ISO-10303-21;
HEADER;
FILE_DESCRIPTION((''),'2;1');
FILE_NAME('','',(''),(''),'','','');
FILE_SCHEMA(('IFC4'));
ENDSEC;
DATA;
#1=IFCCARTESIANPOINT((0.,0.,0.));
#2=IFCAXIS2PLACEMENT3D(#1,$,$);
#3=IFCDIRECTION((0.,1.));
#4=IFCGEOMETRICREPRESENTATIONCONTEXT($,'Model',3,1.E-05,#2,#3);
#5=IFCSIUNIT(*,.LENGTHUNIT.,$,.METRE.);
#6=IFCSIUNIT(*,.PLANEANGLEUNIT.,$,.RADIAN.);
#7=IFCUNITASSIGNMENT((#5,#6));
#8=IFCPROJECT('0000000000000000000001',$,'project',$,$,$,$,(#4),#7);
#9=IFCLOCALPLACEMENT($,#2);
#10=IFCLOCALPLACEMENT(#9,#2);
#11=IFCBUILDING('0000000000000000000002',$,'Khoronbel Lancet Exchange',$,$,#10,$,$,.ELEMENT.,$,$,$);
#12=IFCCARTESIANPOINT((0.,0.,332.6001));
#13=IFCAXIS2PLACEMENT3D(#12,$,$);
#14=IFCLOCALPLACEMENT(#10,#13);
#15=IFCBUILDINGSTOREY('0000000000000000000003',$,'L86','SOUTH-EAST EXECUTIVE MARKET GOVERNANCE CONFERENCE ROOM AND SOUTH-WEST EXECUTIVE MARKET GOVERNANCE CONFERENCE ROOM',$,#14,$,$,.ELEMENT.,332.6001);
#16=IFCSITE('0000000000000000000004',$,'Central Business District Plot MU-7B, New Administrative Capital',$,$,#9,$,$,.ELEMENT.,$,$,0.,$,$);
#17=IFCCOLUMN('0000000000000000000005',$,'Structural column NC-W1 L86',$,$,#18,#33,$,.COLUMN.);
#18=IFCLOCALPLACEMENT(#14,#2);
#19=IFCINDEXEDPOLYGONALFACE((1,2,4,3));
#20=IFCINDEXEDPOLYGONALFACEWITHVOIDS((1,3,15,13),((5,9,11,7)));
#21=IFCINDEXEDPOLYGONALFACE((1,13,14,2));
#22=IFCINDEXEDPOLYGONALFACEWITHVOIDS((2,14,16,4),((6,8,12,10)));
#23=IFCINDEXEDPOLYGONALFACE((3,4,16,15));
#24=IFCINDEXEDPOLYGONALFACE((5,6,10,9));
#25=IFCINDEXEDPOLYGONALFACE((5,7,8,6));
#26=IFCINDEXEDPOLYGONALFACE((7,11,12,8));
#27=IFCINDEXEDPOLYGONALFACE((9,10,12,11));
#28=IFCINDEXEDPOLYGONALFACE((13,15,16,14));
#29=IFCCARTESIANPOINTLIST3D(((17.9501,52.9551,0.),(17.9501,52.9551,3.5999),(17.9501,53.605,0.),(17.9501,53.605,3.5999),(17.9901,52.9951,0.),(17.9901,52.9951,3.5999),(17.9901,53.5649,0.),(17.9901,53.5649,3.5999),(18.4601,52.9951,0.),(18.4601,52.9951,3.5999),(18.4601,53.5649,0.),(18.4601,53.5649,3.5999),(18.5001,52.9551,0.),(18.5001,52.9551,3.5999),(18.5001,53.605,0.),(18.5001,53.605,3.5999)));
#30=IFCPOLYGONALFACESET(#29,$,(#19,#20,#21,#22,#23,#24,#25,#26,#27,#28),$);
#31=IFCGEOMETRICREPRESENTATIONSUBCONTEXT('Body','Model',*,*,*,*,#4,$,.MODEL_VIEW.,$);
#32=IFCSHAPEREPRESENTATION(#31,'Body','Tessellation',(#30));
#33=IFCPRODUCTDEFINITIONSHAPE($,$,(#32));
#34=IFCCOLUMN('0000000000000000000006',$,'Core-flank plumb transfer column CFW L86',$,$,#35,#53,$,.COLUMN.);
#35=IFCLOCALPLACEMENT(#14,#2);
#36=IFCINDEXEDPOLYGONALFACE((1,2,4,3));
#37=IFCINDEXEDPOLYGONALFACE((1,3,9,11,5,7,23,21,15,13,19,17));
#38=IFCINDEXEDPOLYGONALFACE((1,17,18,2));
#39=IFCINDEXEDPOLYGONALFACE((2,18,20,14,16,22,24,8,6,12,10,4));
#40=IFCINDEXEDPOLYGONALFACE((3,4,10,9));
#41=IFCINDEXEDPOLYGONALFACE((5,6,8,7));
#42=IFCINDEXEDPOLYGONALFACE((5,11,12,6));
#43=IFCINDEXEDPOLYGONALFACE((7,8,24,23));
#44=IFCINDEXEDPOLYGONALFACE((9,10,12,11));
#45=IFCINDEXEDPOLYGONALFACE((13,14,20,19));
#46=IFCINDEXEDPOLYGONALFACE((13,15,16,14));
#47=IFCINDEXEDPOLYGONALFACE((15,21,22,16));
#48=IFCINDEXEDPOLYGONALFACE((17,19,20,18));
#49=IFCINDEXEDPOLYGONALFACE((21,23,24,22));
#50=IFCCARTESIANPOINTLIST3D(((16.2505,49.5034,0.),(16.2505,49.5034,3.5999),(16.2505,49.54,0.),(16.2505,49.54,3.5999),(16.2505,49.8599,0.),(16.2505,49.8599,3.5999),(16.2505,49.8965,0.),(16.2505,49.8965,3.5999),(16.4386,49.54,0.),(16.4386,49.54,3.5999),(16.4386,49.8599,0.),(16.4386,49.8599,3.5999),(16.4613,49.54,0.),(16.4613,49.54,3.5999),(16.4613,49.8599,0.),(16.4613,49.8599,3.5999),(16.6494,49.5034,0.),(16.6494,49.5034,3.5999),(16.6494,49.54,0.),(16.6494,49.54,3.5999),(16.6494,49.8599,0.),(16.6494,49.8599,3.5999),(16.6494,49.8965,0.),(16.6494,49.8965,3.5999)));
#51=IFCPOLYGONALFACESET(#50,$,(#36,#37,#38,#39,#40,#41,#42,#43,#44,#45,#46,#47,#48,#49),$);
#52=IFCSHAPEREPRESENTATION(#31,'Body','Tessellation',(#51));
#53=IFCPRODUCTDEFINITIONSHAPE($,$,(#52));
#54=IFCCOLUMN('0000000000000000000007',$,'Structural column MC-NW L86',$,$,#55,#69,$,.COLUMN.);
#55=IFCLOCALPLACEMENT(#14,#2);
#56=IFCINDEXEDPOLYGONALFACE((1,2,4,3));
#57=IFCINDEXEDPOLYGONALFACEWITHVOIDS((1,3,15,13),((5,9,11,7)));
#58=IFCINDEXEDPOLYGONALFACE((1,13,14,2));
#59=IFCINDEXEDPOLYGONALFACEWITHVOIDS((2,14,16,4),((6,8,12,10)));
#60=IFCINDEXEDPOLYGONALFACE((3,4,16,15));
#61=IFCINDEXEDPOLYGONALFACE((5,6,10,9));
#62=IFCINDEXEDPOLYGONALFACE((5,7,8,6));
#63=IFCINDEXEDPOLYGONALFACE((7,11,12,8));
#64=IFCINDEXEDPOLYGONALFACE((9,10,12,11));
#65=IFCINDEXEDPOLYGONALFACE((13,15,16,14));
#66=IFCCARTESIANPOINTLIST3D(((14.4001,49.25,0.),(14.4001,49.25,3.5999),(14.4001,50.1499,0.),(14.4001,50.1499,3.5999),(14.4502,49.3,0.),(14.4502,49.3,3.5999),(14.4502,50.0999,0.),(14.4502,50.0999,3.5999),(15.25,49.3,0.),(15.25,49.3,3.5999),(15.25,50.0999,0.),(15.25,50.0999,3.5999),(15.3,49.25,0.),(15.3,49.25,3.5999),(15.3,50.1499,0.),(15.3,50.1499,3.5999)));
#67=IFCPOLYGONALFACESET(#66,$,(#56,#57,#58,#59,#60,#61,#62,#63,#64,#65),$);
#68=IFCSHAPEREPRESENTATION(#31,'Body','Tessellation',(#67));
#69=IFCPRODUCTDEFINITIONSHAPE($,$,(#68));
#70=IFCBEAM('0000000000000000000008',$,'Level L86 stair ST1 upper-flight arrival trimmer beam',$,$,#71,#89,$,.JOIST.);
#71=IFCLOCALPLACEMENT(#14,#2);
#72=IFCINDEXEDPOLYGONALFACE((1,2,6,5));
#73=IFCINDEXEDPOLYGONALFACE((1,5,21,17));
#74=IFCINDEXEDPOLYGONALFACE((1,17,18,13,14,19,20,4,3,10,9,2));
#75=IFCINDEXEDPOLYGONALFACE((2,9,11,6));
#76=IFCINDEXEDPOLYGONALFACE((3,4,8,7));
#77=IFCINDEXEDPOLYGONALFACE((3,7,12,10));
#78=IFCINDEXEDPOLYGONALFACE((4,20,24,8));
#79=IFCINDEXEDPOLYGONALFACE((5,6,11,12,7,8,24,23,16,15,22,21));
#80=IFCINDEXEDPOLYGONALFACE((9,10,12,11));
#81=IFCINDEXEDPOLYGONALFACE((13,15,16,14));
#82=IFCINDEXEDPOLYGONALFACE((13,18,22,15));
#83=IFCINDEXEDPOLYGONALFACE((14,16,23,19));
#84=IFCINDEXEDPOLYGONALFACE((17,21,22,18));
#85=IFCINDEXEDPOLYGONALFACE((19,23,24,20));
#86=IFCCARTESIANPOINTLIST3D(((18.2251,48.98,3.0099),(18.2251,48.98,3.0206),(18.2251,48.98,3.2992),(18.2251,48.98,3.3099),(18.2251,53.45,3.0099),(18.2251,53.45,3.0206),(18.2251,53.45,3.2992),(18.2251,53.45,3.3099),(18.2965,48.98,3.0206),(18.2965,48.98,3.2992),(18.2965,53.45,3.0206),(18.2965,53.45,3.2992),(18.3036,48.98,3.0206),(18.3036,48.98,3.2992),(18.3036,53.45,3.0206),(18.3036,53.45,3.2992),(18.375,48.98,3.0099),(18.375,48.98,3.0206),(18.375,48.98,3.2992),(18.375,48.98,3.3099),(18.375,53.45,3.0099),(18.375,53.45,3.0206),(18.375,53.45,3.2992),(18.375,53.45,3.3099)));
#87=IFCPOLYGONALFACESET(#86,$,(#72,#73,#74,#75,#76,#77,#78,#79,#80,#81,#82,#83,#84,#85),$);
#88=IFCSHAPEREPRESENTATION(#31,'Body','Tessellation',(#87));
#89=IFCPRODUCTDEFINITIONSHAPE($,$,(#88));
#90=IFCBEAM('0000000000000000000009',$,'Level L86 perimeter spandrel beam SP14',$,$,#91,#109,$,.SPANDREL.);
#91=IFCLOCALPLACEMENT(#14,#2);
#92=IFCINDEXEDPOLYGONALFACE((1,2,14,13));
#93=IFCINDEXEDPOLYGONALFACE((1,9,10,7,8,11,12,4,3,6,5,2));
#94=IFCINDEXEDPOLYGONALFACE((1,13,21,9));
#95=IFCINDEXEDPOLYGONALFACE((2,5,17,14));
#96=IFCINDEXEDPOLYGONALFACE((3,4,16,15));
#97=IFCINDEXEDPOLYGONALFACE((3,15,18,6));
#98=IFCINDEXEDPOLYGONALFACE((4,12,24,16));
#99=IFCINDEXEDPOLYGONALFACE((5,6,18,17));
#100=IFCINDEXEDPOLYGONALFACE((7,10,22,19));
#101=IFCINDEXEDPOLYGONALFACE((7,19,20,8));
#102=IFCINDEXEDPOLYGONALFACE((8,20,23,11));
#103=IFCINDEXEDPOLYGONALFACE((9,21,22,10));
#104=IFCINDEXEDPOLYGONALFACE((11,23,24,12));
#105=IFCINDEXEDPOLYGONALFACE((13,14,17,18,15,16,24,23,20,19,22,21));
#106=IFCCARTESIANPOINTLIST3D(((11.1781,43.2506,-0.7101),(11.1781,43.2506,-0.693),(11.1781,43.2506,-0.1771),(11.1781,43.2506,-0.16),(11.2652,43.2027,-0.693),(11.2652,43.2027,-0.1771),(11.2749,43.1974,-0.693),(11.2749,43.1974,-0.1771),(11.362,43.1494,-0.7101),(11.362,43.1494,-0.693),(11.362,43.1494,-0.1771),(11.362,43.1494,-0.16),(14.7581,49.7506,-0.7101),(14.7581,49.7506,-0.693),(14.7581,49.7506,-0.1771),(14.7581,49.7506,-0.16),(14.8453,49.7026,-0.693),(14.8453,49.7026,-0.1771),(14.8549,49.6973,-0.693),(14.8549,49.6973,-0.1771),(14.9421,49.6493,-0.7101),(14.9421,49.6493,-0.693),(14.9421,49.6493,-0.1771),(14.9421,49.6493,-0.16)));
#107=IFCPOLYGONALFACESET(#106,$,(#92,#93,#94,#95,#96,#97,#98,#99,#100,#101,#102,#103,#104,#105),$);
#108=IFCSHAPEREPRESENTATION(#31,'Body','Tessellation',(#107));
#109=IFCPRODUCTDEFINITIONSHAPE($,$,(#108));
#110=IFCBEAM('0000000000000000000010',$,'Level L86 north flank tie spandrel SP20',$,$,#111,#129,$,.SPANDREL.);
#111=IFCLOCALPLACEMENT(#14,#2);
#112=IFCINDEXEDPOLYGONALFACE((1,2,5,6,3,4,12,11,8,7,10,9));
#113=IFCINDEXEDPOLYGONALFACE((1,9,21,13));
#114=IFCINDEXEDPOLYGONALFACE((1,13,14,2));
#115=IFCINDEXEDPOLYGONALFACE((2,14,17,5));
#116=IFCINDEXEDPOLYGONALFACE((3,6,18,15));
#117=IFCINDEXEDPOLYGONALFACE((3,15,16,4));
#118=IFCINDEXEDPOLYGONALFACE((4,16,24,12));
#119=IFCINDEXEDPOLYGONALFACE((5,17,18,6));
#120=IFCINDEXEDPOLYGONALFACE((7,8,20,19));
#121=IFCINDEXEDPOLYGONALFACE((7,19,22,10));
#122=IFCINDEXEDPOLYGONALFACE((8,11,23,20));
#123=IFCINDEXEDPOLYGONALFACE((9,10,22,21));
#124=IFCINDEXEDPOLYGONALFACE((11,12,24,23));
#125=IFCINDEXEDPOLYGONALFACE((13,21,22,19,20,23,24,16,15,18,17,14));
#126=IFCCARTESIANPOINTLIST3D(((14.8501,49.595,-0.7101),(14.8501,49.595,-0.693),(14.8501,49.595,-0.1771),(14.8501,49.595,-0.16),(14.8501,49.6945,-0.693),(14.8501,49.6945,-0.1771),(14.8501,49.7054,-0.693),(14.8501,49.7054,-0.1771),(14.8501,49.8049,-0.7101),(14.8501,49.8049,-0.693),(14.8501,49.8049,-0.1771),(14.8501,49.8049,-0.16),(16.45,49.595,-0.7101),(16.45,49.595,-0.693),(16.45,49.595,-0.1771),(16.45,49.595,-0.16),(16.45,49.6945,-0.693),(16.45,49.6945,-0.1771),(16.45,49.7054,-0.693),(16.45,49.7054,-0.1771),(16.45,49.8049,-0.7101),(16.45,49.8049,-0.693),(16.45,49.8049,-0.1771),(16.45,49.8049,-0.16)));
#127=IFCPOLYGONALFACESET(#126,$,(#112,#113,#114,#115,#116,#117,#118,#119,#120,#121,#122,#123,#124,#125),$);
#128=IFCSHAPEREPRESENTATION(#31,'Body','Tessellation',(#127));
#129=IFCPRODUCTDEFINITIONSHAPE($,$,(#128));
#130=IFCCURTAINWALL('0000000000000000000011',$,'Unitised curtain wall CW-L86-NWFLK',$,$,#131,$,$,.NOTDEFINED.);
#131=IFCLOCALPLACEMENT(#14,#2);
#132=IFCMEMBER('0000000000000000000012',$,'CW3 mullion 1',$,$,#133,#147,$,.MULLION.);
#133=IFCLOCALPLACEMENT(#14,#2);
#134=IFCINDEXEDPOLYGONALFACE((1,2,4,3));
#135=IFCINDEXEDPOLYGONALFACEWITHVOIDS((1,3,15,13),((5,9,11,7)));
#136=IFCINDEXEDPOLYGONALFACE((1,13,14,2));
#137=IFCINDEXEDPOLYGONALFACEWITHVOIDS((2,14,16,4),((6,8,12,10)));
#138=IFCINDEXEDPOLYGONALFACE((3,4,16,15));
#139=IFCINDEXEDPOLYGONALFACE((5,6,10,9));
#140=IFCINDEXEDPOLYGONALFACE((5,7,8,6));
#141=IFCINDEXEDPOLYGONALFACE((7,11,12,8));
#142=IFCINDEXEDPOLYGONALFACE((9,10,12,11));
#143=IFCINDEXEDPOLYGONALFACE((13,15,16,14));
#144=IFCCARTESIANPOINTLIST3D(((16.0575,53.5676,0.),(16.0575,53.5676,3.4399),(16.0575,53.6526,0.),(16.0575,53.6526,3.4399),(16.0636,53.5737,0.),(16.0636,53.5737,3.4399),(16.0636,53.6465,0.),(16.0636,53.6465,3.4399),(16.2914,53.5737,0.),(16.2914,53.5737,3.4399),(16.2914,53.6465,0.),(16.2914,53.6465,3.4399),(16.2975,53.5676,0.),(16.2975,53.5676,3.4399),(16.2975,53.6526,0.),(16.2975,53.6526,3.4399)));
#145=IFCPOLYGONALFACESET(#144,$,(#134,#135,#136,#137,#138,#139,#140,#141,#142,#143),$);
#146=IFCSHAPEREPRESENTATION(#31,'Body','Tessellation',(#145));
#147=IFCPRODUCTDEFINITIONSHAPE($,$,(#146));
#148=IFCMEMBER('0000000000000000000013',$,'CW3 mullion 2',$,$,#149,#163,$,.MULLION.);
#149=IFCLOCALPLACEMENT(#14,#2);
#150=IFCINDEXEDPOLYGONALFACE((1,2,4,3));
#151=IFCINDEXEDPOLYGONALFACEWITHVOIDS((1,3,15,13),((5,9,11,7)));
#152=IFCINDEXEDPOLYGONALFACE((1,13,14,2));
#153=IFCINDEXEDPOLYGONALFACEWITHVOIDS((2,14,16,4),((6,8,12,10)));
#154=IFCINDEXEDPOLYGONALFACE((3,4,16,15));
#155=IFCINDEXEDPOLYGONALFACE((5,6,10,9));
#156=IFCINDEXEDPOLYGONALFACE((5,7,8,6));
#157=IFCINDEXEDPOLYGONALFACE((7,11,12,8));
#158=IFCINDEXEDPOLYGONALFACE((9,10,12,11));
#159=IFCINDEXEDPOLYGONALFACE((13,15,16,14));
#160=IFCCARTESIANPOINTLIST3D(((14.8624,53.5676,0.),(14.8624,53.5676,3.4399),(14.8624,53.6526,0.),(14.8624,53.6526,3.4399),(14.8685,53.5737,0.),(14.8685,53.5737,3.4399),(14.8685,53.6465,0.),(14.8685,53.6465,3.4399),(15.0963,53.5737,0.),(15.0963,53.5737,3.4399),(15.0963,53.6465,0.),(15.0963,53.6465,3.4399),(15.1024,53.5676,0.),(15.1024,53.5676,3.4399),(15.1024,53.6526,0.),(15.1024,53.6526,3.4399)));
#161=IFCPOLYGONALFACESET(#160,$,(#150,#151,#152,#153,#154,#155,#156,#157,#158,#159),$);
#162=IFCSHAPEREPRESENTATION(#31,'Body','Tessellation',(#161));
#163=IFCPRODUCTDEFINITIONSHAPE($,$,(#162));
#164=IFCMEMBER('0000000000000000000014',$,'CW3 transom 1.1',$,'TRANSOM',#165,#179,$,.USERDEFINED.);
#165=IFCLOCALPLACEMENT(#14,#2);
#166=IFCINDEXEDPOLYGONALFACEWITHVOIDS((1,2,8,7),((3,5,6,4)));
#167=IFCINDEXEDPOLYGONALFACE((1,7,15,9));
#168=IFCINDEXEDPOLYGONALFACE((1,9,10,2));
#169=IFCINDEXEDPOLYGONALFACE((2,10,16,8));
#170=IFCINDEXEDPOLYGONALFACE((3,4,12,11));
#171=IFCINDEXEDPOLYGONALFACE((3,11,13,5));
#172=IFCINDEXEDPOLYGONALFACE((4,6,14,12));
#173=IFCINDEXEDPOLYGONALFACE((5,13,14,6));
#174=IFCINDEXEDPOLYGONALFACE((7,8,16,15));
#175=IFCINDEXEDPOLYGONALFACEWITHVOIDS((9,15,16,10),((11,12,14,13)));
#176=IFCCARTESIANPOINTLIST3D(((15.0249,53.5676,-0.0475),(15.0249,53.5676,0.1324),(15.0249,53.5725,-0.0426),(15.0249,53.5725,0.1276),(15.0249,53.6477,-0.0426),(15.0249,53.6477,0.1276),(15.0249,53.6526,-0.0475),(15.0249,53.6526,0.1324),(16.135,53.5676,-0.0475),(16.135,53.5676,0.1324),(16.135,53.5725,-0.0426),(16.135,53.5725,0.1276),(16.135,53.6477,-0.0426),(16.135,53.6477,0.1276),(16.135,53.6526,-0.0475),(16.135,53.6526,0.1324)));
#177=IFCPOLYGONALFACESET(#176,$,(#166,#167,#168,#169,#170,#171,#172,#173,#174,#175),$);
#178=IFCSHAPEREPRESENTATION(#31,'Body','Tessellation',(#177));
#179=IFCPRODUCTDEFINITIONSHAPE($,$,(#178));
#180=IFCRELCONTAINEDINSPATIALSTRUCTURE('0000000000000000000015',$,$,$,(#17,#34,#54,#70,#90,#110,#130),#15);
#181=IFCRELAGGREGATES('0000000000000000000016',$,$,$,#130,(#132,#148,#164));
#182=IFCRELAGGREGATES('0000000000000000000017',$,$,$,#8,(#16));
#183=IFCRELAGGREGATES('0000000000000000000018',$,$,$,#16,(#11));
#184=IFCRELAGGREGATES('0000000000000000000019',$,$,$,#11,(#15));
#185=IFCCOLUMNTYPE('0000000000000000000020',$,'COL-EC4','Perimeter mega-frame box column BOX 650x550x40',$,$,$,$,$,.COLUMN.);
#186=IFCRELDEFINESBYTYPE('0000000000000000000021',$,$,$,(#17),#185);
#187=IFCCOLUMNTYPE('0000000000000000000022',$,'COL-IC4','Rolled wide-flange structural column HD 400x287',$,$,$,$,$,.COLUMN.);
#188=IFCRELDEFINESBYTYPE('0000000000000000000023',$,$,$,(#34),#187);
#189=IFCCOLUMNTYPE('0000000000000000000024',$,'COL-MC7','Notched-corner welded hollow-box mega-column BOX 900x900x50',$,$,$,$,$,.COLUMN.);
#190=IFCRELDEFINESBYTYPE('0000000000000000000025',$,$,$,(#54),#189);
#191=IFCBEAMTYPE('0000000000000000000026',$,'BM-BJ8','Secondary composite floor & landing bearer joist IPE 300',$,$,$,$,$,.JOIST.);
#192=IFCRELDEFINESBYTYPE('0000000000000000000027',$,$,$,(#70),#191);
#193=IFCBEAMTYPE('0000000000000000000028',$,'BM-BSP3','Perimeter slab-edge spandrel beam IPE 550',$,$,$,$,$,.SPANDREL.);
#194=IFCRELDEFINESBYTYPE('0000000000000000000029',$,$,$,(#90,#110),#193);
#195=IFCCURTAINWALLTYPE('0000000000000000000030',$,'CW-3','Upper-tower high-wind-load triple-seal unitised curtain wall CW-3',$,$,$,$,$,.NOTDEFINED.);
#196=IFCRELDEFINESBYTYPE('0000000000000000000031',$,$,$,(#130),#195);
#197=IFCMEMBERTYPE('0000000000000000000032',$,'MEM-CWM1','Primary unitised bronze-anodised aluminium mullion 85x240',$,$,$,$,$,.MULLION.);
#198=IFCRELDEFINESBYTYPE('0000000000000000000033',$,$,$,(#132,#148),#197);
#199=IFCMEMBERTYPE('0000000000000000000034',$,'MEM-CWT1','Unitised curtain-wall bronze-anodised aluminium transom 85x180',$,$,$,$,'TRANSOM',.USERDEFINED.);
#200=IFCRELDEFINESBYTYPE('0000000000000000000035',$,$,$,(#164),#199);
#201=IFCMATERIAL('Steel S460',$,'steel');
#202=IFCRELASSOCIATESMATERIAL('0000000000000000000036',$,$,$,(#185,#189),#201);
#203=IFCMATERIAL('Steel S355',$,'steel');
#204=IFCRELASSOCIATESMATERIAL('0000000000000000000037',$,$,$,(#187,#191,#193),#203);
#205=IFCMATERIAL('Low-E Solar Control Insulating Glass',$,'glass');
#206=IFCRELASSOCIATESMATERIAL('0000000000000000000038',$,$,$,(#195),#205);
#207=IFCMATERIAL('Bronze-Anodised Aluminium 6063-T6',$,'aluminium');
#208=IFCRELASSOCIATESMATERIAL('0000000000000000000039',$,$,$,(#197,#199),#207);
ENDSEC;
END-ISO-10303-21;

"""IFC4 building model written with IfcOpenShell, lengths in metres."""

from ifc_helpers import new_model, si_unit, direction, frame, origin, origin_2d, place, context, subcontext, project, spatial, hollow_rectangle, i_section, extrude, material, material_profile, profile_set, type_object, element, aggregate, save


model = new_model("IFC4")

# Units and contexts
model_context = context("Model", 3, precision=1e-05, world=origin(), true_north=direction((0.0, 1.0)))
body_context = subcontext(model_context, "Body", "Model", "MODEL_VIEW")
ifc_project = project(units=[si_unit("LENGTHUNIT", "METRE"), si_unit("PLANEANGLEUNIT", "RADIAN")], contexts=[model_context])

# Site, building, storey
site_placement = place(None, origin())
site = spatial("IfcSite", under=ifc_project, at=site_placement, Name="Central Business District Plot MU-7B, New Administrative Capital", CompositionType="ELEMENT", RefElevation=0.0)
building_placement = place(site_placement, origin())
building = spatial("IfcBuilding", under=site, at=building_placement, Name="Khoronbel Lancet Exchange", CompositionType="ELEMENT")
storey_placement = place(building_placement, frame((0.0, 0.0, 332.6001)))
storey = spatial("IfcBuildingStorey", under=building, at=storey_placement, Name="L86", Description="SOUTH-EAST EXECUTIVE MARKET GOVERNANCE CONFERENCE ROOM AND SOUTH-WEST EXECUTIVE MARKET GOVERNANCE CONFERENCE ROOM", CompositionType="ELEMENT", Elevation=332.6001)

# Columns
ifc_material_1 = material(Name="Steel S460", Category="steel")
ifc_material_profile_1 = material_profile(ifc_material_1, hollow_rectangle(XDim=0.55, YDim=0.6499, WallThickness=0.04, at=origin_2d()), Name="BOX 650x550x40")
ifc_profile_set_1 = profile_set([ifc_material_profile_1], Name="Steel S460")
column_type_1 = type_object("IfcColumnType", Name="COL-EC4", Description="Perimeter mega-frame box column BOX 650x550x40", PredefinedType="COLUMN", material=ifc_profile_set_1)
column_1_placement = place(storey_placement, frame((18.2251, 53.28, 0.0), z_axis=(0.0, 0.0, 1.0), x_axis=(1.0, 0.0, 0.0)))
element("IfcColumn", 1, at=column_1_placement, inside=storey, type_object=column_type_1, Name="Structural column NC-W1 L86", PredefinedType="COLUMN", context=body_context, shape_type="SweptSolid", body=[
    extrude(hollow_rectangle(XDim=0.55, YDim=0.6499, WallThickness=0.04, at=origin_2d()), origin(), (0.0, 0.0, 1.0), 3.5999),
])
ifc_material_2 = material(Name="Steel S355", Category="steel")
ifc_material_profile_2 = material_profile(ifc_material_2, i_section(OverallWidth=0.3989, OverallDepth=0.3931, WebThickness=0.0227, FlangeThickness=0.0366, at=origin_2d()), Name="HD 400x287")
ifc_profile_set_2 = profile_set([ifc_material_profile_2], Name="Steel S355")
column_type_2 = type_object("IfcColumnType", Name="COL-IC4", Description="Rolled wide-flange structural column HD 400x287", PredefinedType="COLUMN", material=ifc_profile_set_2)
column_2_placement = place(storey_placement, frame((16.45, 49.7, 0.0), z_axis=(0.0, 0.0, 1.0), x_axis=(1.0, 0.0, 0.0)))
element("IfcColumn", 2, at=column_2_placement, inside=storey, type_object=column_type_2, Name="Core-flank plumb transfer column CFW L86", PredefinedType="COLUMN", context=body_context, shape_type="SweptSolid", body=[
    extrude(i_section(OverallWidth=0.3989, OverallDepth=0.3931, WebThickness=0.0227, FlangeThickness=0.0366, at=origin_2d()), origin(), (0.0, 0.0, 1.0), 3.5999),
])
ifc_material_profile_3 = material_profile(ifc_material_1, hollow_rectangle(XDim=0.8999, YDim=0.8999, WallThickness=0.05, at=origin_2d()), Name="BOX 900x900x50")
ifc_profile_set_3 = profile_set([ifc_material_profile_3], Name="Steel S460")
column_type_3 = type_object("IfcColumnType", Name="COL-MC7", Description="Notched-corner welded hollow-box mega-column BOX 900x900x50", PredefinedType="COLUMN", material=ifc_profile_set_3)
column_3_placement = place(storey_placement, frame((14.8501, 49.7, 0.0), z_axis=(0.0, 0.0, 1.0), x_axis=(1.0, 0.0, 0.0)))
element("IfcColumn", 3, at=column_3_placement, inside=storey, type_object=column_type_3, Name="Structural column MC-NW L86", PredefinedType="COLUMN", context=body_context, shape_type="SweptSolid", body=[
    extrude(hollow_rectangle(XDim=0.8999, YDim=0.8999, WallThickness=0.05, at=origin_2d()), origin(), (0.0, 0.0, 1.0), 3.5999),
])

# Beams
ifc_material_profile_4 = material_profile(ifc_material_2, i_section(OverallWidth=0.1499, OverallDepth=0.3, WebThickness=0.0071, FlangeThickness=0.0107, at=origin_2d()), Name="IPE 300")
ifc_profile_set_4 = profile_set([ifc_material_profile_4], Name="Steel S355")
beam_type_1 = type_object("IfcBeamType", Name="BM-BJ8", Description="Secondary composite floor & landing bearer joist IPE 300", PredefinedType="JOIST", material=ifc_profile_set_4)
beam_1_placement = place(storey_placement, frame((18.3, 48.98, 3.1599), z_axis=(0.0, 1.0, 0.0), x_axis=(-1.0, 0.0, 0.0)))
element("IfcBeam", 4, at=beam_1_placement, inside=storey, type_object=beam_type_1, Name="Level L86 stair ST1 upper-flight arrival trimmer beam", PredefinedType="JOIST", context=body_context, shape_type="SweptSolid", body=[
    extrude(i_section(OverallWidth=0.1499, OverallDepth=0.3, WebThickness=0.0071, FlangeThickness=0.0107, at=origin_2d()), origin(), (0.0, 0.0, 1.0), 4.47),
])
ifc_material_profile_5 = material_profile(ifc_material_2, i_section(OverallWidth=0.21, OverallDepth=0.55, WebThickness=0.011, FlangeThickness=0.0171, at=origin_2d()), Name="IPE 550")
ifc_profile_set_5 = profile_set([ifc_material_profile_5], Name="Steel S355")
beam_type_2 = type_object("IfcBeamType", Name="BM-BSP3", Description="Perimeter slab-edge spandrel beam IPE 550", PredefinedType="SPANDREL", material=ifc_profile_set_5)
beam_2_placement = place(storey_placement, frame((14.8501, 49.7, -0.4351), z_axis=(-0.482444, -0.875927, 0.0), x_axis=(0.875927, -0.482444, 0.0)))
element("IfcBeam", 5, at=beam_2_placement, inside=storey, type_object=beam_type_2, Name="Level L86 perimeter spandrel beam SP14", PredefinedType="SPANDREL", context=body_context, shape_type="SweptSolid", body=[
    extrude(i_section(OverallWidth=0.21, OverallDepth=0.55, WebThickness=0.011, FlangeThickness=0.0171, at=origin_2d()), origin(), (0.0, 0.0, 1.0), 7.4207),
])
beam_3_placement = place(storey_placement, frame((14.8501, 49.7, -0.4351), z_axis=(1.0, 0.0, 0.0), x_axis=(0.0, 1.0, 0.0)))
element("IfcBeam", 6, at=beam_3_placement, inside=storey, type_object=beam_type_2, Name="Level L86 north flank tie spandrel SP20", PredefinedType="SPANDREL", context=body_context, shape_type="SweptSolid", body=[
    extrude(i_section(OverallWidth=0.21, OverallDepth=0.55, WebThickness=0.011, FlangeThickness=0.0171, at=origin_2d()), origin(), (0.0, 0.0, 1.0), 1.5999),
])

# Curtain wall, members
ifc_material_3 = material(Name="Low-E Solar Control Insulating Glass", Category="glass")
curtain_wall_type = type_object("IfcCurtainWallType", Name="CW-3", Description="Upper-tower high-wind-load triple-seal unitised curtain wall CW-3", PredefinedType="NOTDEFINED", material=ifc_material_3)
curtain_wall_placement = place(storey_placement, origin())
curtain_wall = element("IfcCurtainWall", 7, at=curtain_wall_placement, inside=storey, type_object=curtain_wall_type, Name="Unitised curtain wall CW-L86-NWFLK", PredefinedType="NOTDEFINED")
ifc_material_4 = material(Name="Bronze-Anodised Aluminium 6063-T6", Category="aluminium")
ifc_material_profile_6 = material_profile(ifc_material_4, hollow_rectangle(XDim=0.085, YDim=0.24, WallThickness=0.0061, at=origin_2d()), Name="ALU MULLION 85x240")
ifc_profile_set_6 = profile_set([ifc_material_profile_6], Name="Bronze-Anodised Aluminium 6063-T6")
member_type_1 = type_object("IfcMemberType", Name="MEM-CWM1", Description="Primary unitised bronze-anodised aluminium mullion 85x240", PredefinedType="MULLION", material=ifc_profile_set_6)
member_1_placement = place(storey_placement, frame((16.1775, 53.6101, 0.0), z_axis=(0.0, 0.0, 1.0), x_axis=(0.0, -1.0, 0.0)))
member_1 = element("IfcMember", 8, at=member_1_placement, type_object=member_type_1, Name="CW3 mullion 1", PredefinedType="MULLION", context=body_context, shape_type="SweptSolid", body=[
    extrude(hollow_rectangle(XDim=0.085, YDim=0.24, WallThickness=0.0061, at=origin_2d()), origin(), (0.0, 0.0, 1.0), 3.4399),
])
member_2_placement = place(storey_placement, frame((14.9824, 53.6101, 0.0), z_axis=(0.0, 0.0, 1.0), x_axis=(0.0, -1.0, 0.0)))
member_2 = element("IfcMember", 9, at=member_2_placement, type_object=member_type_1, Name="CW3 mullion 2", PredefinedType="MULLION", context=body_context, shape_type="SweptSolid", body=[
    extrude(hollow_rectangle(XDim=0.085, YDim=0.24, WallThickness=0.0061, at=origin_2d()), origin(), (0.0, 0.0, 1.0), 3.4399),
])
ifc_material_profile_7 = material_profile(ifc_material_4, hollow_rectangle(XDim=0.085, YDim=0.1799, WallThickness=0.0049, at=origin_2d()), Name="ALU TRANSOM 85x180")
ifc_profile_set_7 = profile_set([ifc_material_profile_7], Name="Bronze-Anodised Aluminium 6063-T6")
member_type_2 = type_object("IfcMemberType", Name="MEM-CWT1", Description="Unitised curtain-wall bronze-anodised aluminium transom 85x180", ElementType="TRANSOM", PredefinedType="USERDEFINED", material=ifc_profile_set_7)
member_3_placement = place(storey_placement, frame((16.135, 53.6101, 0.0425), z_axis=(-1.0, 0.0, 0.0), x_axis=(0.0, -1.0, 0.0)))
member_3 = element("IfcMember", 10, at=member_3_placement, type_object=member_type_2, Name="CW3 transom 1.1", ObjectType="TRANSOM", PredefinedType="USERDEFINED", context=body_context, shape_type="SweptSolid", body=[
    extrude(hollow_rectangle(XDim=0.085, YDim=0.1799, WallThickness=0.0049, at=origin_2d()), origin(), (0.0, 0.0, 1.0), 1.1101),
])
aggregate(curtain_wall, [member_1, member_2, member_3])

save(model, "model.ifc")
